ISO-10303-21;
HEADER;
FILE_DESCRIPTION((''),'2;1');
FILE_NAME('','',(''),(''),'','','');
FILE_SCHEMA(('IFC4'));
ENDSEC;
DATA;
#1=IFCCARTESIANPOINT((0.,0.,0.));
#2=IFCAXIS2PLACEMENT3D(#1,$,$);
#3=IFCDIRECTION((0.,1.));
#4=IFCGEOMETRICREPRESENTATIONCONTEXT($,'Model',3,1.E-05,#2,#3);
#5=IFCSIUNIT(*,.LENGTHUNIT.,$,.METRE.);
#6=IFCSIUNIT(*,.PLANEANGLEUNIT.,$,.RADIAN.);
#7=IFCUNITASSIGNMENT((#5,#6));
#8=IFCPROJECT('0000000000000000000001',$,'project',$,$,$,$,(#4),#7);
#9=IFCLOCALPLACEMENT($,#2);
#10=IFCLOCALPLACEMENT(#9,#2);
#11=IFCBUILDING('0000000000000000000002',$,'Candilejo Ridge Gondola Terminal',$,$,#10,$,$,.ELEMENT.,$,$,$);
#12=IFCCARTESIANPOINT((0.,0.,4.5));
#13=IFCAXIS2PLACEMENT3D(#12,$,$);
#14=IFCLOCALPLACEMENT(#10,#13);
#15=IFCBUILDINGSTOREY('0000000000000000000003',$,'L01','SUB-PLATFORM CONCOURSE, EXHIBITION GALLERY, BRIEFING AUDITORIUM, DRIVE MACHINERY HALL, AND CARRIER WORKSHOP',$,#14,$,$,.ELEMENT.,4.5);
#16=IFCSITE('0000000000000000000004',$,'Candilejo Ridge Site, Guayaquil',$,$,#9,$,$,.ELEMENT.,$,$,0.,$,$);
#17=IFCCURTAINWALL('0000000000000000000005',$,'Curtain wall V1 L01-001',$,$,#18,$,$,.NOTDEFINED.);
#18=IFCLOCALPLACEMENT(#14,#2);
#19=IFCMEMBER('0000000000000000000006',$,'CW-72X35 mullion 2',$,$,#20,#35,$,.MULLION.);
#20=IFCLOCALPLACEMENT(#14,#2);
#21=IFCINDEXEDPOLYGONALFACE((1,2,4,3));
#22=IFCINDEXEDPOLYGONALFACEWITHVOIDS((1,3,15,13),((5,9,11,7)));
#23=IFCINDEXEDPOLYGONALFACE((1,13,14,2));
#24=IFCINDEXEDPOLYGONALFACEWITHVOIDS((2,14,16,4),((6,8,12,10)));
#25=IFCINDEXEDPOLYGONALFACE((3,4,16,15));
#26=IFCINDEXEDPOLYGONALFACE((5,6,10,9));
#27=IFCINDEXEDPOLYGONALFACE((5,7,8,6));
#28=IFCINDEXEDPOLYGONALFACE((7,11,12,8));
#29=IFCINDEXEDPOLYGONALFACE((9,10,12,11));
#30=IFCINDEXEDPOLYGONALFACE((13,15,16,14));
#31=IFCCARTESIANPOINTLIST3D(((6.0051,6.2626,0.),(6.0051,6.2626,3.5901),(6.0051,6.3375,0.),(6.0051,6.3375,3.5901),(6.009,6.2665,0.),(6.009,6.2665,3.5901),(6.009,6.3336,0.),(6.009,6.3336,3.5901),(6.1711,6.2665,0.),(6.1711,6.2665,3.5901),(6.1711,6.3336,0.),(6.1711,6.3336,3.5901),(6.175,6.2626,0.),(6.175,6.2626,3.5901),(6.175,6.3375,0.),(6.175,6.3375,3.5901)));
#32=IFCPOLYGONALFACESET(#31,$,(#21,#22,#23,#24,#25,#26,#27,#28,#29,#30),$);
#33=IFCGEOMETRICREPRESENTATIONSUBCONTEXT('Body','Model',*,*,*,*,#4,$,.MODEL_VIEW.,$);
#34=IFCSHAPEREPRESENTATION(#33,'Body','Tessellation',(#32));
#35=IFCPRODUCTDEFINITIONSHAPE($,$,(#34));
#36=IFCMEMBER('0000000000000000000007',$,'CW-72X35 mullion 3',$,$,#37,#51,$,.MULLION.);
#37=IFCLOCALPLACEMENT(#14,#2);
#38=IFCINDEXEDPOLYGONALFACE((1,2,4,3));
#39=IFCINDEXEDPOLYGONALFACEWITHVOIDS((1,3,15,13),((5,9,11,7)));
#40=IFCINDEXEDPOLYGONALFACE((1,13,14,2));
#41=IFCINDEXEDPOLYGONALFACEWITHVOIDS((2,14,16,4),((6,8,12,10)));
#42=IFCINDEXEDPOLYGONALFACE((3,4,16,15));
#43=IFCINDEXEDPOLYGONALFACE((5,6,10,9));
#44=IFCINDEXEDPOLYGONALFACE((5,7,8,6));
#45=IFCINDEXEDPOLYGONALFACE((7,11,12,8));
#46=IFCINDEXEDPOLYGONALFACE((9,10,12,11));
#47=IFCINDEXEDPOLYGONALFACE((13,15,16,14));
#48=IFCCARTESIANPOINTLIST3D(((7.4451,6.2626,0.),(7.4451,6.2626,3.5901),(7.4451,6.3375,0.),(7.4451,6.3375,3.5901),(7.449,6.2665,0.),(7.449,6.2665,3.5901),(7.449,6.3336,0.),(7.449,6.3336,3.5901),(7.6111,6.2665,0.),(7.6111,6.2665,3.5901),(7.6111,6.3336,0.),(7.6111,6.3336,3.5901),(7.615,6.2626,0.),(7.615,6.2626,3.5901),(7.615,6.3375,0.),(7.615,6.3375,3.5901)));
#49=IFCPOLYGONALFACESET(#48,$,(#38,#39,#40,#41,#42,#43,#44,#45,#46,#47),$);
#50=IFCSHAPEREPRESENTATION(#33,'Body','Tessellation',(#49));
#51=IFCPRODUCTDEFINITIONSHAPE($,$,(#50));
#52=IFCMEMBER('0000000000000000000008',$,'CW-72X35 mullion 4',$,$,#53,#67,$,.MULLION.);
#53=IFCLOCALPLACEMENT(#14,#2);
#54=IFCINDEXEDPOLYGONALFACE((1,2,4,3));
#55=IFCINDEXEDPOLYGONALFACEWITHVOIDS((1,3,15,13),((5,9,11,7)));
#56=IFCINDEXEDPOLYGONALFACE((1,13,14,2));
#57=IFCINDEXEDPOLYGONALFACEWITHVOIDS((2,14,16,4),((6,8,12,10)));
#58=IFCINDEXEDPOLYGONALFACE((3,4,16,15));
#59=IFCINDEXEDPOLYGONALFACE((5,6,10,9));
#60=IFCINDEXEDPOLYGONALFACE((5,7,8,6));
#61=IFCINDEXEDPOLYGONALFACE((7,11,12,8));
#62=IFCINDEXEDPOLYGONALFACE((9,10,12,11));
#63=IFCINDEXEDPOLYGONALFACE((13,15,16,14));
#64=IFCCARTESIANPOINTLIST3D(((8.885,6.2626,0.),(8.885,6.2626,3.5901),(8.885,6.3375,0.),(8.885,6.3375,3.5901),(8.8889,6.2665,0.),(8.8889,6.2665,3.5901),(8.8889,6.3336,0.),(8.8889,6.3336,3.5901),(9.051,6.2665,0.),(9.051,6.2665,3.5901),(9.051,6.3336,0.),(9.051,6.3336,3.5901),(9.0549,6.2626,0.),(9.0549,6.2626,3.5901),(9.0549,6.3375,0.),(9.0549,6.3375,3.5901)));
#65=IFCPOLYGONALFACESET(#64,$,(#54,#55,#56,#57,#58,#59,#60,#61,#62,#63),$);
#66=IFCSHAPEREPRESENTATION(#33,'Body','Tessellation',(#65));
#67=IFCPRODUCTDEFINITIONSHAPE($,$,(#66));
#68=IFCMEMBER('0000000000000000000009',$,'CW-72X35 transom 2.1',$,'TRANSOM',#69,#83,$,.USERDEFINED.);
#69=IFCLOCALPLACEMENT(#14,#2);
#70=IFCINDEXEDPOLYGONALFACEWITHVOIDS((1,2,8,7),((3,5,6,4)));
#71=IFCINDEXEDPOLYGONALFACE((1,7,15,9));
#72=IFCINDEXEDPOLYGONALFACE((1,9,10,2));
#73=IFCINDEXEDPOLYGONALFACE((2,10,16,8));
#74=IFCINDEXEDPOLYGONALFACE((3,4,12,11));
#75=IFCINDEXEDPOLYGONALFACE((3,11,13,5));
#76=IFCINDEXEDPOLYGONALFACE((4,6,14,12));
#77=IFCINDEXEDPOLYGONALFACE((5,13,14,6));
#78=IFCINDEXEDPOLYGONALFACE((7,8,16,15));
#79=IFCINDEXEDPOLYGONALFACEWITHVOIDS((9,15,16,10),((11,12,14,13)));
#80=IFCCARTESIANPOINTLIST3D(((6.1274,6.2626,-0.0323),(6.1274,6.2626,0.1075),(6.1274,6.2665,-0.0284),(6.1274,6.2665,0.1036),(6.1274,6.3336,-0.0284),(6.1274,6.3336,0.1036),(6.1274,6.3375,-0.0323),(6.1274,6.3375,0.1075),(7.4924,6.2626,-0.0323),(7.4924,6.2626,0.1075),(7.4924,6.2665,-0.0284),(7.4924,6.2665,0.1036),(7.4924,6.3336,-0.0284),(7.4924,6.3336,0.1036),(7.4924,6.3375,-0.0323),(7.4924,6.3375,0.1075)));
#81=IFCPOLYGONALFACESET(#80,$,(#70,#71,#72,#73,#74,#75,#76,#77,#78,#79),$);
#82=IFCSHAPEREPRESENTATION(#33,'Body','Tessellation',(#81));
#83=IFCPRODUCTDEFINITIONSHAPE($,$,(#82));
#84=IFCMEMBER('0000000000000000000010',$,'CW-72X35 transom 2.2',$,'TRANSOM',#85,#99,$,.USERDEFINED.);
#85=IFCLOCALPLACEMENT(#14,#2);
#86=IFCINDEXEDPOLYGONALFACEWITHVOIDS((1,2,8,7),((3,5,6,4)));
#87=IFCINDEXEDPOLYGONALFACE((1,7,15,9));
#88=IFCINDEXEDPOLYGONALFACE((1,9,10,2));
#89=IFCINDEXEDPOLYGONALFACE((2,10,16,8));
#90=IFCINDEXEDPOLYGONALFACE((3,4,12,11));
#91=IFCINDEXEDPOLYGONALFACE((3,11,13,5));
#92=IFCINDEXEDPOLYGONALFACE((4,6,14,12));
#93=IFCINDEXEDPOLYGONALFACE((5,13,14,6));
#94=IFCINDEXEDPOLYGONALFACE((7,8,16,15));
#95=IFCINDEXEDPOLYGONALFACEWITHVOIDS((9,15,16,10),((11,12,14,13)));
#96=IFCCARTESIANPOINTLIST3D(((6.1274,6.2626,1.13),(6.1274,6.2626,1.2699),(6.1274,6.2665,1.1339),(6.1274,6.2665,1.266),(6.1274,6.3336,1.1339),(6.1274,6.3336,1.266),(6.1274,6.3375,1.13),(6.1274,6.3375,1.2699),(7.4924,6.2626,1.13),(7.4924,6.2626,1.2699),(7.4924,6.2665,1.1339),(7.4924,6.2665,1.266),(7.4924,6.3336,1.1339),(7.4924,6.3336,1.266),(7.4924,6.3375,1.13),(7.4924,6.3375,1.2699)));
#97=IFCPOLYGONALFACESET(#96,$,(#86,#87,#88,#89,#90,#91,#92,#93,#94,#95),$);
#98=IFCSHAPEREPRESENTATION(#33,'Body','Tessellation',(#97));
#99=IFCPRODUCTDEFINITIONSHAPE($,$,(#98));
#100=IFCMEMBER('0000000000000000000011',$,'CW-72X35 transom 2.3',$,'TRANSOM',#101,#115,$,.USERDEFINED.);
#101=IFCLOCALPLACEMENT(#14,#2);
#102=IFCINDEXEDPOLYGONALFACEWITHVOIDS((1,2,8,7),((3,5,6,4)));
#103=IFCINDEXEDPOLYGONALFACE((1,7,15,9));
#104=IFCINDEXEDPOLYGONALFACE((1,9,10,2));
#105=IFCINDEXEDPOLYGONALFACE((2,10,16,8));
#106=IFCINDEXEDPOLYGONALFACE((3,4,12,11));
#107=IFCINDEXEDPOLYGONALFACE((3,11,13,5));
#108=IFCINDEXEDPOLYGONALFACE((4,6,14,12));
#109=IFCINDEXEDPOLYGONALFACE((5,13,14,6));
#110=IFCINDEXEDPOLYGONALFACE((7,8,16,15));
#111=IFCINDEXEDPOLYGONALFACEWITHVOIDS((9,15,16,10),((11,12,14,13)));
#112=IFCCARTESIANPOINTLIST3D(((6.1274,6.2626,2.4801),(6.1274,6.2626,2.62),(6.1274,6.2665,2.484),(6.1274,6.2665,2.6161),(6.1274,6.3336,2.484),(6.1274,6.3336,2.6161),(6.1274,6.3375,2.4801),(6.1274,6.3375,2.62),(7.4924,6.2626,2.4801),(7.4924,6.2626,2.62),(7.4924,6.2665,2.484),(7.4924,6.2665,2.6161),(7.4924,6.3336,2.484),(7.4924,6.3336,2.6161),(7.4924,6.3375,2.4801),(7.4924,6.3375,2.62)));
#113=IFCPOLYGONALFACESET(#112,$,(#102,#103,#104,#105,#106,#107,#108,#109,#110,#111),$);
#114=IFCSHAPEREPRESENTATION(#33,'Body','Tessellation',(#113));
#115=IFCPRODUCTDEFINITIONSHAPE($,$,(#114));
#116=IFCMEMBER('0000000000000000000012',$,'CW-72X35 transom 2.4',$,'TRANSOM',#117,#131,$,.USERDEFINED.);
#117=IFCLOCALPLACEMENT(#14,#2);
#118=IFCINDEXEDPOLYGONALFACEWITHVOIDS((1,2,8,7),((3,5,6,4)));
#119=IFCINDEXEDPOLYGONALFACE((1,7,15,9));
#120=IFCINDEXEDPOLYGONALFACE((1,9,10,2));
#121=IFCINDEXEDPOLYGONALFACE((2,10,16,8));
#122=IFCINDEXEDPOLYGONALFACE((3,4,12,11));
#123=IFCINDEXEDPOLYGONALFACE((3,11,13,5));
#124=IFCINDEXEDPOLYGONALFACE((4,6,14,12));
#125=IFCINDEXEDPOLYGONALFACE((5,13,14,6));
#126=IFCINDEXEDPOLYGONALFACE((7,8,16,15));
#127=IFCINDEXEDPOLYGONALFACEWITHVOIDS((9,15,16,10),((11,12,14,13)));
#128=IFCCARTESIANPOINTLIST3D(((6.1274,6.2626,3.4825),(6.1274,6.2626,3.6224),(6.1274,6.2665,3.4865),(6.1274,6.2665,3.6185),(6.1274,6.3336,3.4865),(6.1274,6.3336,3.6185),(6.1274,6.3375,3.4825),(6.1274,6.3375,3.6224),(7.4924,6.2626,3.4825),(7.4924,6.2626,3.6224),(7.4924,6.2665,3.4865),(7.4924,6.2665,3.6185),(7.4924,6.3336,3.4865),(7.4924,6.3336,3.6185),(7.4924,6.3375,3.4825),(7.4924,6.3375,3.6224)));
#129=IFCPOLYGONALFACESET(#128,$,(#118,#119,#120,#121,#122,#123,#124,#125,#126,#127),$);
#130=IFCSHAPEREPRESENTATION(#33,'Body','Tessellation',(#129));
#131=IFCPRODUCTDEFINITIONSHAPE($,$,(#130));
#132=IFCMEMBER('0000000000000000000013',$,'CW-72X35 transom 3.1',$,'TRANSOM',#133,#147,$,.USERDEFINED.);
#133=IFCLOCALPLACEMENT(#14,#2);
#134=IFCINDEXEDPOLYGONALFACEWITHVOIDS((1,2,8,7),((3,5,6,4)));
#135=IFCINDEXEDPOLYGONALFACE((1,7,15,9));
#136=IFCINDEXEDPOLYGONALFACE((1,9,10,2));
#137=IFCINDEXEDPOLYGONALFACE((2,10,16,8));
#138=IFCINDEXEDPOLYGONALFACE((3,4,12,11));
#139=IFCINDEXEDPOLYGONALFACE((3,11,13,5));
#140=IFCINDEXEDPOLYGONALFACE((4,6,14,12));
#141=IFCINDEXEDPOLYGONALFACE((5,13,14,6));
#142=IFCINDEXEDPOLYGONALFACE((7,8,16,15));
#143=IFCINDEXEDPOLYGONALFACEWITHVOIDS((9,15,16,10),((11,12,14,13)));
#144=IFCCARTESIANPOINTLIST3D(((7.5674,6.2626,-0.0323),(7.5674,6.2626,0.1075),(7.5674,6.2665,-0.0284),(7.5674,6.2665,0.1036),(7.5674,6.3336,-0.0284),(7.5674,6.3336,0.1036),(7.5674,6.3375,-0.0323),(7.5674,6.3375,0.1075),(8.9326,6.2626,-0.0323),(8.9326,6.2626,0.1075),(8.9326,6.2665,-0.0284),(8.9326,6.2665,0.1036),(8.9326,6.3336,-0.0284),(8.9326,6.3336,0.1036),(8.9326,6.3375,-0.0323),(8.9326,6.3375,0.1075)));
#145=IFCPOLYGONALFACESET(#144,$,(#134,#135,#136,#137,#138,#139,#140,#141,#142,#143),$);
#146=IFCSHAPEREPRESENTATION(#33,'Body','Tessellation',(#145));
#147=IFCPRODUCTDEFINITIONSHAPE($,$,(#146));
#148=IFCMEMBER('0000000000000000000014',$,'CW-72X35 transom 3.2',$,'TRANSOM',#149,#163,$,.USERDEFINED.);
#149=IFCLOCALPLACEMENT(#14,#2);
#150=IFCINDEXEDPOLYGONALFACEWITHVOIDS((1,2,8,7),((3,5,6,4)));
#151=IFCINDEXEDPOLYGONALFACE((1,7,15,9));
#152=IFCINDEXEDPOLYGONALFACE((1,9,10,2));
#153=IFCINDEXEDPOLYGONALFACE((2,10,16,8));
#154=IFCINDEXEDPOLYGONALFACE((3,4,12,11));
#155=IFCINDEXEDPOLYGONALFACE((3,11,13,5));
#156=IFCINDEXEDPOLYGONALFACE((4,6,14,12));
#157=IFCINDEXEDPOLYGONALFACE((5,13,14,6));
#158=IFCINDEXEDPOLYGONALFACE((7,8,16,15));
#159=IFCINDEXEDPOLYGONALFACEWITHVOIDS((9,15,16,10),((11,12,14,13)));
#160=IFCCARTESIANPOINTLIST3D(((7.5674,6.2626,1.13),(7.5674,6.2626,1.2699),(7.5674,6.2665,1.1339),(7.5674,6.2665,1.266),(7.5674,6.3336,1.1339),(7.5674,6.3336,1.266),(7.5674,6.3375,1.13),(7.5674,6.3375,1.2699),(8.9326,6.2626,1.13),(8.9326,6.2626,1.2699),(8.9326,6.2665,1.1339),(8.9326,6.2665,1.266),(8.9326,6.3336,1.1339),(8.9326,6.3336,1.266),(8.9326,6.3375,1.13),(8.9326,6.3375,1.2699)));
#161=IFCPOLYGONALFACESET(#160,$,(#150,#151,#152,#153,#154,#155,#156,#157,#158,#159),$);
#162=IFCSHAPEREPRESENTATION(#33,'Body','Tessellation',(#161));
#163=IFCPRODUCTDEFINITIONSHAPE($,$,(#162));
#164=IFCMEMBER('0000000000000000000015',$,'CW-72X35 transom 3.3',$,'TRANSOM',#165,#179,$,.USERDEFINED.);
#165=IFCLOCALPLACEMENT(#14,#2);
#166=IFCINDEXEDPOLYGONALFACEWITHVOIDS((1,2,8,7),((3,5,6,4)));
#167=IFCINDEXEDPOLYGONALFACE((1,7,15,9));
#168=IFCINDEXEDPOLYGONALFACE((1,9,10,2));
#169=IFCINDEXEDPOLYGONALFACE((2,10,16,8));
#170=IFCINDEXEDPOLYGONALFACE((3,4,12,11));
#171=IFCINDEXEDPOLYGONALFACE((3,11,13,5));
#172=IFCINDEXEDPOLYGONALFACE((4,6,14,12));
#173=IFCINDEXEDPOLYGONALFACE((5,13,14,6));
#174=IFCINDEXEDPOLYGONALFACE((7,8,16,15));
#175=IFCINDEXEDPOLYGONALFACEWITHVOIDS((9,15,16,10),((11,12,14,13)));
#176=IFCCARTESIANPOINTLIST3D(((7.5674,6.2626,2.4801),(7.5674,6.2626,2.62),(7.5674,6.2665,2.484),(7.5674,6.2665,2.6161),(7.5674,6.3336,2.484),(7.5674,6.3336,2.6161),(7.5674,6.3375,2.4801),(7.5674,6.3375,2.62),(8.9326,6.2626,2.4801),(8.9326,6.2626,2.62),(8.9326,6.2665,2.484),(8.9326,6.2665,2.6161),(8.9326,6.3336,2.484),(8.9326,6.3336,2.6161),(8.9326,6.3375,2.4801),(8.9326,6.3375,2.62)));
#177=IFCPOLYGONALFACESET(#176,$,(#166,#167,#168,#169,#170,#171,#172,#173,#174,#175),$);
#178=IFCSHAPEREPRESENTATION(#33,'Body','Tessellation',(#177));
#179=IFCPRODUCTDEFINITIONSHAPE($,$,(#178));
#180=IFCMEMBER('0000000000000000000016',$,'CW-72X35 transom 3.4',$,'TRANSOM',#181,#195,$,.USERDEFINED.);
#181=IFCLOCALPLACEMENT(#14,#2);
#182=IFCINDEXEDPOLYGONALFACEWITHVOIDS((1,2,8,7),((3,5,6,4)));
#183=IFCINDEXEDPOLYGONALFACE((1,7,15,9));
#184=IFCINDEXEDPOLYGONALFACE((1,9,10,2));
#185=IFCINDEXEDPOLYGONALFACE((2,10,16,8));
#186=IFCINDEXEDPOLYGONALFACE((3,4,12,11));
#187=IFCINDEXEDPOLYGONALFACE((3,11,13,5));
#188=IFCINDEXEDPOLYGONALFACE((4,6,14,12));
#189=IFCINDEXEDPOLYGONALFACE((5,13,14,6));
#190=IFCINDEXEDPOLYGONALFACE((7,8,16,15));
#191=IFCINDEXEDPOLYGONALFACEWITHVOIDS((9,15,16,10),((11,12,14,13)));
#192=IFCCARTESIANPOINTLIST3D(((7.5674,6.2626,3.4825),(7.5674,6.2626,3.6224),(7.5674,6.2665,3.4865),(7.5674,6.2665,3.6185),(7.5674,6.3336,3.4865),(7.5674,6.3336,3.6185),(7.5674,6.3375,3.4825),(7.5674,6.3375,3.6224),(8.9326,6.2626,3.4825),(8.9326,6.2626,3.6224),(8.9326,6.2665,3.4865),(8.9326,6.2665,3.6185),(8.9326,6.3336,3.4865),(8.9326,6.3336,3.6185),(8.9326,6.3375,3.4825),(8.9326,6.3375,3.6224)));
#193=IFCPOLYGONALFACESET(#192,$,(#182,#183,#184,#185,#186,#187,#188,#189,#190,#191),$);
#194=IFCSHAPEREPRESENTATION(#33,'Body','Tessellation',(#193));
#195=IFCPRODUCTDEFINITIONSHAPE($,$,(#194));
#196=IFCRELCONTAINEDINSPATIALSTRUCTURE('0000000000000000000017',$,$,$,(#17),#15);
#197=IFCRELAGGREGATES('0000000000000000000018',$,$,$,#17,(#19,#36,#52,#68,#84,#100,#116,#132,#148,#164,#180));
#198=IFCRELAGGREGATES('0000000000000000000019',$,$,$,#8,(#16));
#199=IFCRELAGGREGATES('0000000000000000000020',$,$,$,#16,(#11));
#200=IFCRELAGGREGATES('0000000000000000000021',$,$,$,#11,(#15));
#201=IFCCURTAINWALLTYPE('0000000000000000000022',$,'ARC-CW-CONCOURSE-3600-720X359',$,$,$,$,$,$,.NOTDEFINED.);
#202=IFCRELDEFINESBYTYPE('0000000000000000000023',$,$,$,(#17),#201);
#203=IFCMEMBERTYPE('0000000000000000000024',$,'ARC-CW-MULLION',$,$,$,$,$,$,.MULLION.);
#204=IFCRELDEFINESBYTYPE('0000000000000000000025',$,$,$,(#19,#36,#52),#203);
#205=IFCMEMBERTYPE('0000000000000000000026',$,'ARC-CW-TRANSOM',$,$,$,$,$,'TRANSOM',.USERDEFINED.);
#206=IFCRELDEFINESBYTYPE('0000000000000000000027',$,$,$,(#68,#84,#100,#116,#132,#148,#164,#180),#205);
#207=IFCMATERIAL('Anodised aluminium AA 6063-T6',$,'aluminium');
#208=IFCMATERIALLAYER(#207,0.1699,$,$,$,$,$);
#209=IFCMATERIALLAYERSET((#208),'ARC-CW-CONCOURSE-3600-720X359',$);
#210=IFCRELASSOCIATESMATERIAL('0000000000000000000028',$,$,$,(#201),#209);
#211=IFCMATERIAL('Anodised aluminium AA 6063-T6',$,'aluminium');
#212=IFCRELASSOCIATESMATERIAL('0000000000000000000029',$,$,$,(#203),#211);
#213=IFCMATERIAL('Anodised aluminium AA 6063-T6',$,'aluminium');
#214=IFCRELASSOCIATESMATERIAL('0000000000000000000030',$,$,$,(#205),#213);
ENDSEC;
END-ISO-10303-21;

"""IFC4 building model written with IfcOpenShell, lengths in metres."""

from ifc_helpers import new_model, si_unit, direction, frame, origin, origin_2d, place, context, subcontext, project, spatial, hollow_rectangle, extrude, material, layer, layer_set, material_profile, profile_set, type_object, element, aggregate, save


model = new_model("IFC4")

# Units and contexts
model_context = context("Model", 3, precision=1e-05, world=origin(), true_north=direction((0.0, 1.0)))
body_context = subcontext(model_context, "Body", "Model", "MODEL_VIEW")
ifc_project = project(units=[si_unit("LENGTHUNIT", "METRE"), si_unit("PLANEANGLEUNIT", "RADIAN")], contexts=[model_context])

# Site, building, storey
site_placement = place(None, origin())
site = spatial("IfcSite", under=ifc_project, at=site_placement, Name="Candilejo Ridge Site, Guayaquil", CompositionType="ELEMENT", RefElevation=0.0)
building_placement = place(site_placement, origin())
building = spatial("IfcBuilding", under=site, at=building_placement, Name="Candilejo Ridge Gondola Terminal", CompositionType="ELEMENT")
storey_placement = place(building_placement, frame((0.0, 0.0, 4.5)))
storey = spatial("IfcBuildingStorey", under=building, at=storey_placement, Name="L01", Description="SUB-PLATFORM CONCOURSE, EXHIBITION GALLERY, BRIEFING AUDITORIUM, DRIVE MACHINERY HALL, AND CARRIER WORKSHOP", CompositionType="ELEMENT", Elevation=4.5)

# Curtain wall, members
ifc_material_1 = material(Name="Anodised aluminium AA 6063-T6", Category="aluminium")
ifc_layer_1 = layer(ifc_material_1, 0.1699)
ifc_layer_set_1 = layer_set([ifc_layer_1], Name="ARC-CW-CONCOURSE-3600-720X359")
curtain_wall_type = type_object("IfcCurtainWallType", Name="ARC-CW-CONCOURSE-3600-720X359", PredefinedType="NOTDEFINED", material=ifc_layer_set_1)
curtain_wall_placement = place(storey_placement, origin())
curtain_wall = element("IfcCurtainWall", 1, at=curtain_wall_placement, inside=storey, type_object=curtain_wall_type, Name="Curtain wall V1 L01-001", PredefinedType="NOTDEFINED")
ifc_material_2 = material(Name="Anodised aluminium AA 6063-T6", Category="aluminium")
ifc_material_profile_1 = material_profile(ifc_material_2, hollow_rectangle(XDim=0.075, YDim=0.1699, WallThickness=0.0039, at=origin_2d()))
ifc_profile_set_1 = profile_set([ifc_material_profile_1], Name="Anodised aluminium AA 6063-T6")
member_type_1 = type_object("IfcMemberType", Name="ARC-CW-MULLION", PredefinedType="MULLION", material=ifc_profile_set_1)
member_1_placement = place(storey_placement, frame((6.0901, 6.3, 0.0), z_axis=(0.0, 0.0, 1.0), x_axis=(0.0, 1.0, 0.0)))
member_1 = element("IfcMember", 2, at=member_1_placement, type_object=member_type_1, Name="CW-72X35 mullion 2", PredefinedType="MULLION", context=body_context, shape_type="SweptSolid", body=[
    extrude(hollow_rectangle(XDim=0.075, YDim=0.1699, WallThickness=0.0039, at=origin_2d()), origin(), (0.0, 0.0, 1.0), 3.5901),
])
member_2_placement = place(storey_placement, frame((7.53, 6.3, 0.0), z_axis=(0.0, 0.0, 1.0), x_axis=(0.0, 1.0, 0.0)))
member_2 = element("IfcMember", 3, at=member_2_placement, type_object=member_type_1, Name="CW-72X35 mullion 3", PredefinedType="MULLION", context=body_context, shape_type="SweptSolid", body=[
    extrude(hollow_rectangle(XDim=0.075, YDim=0.1699, WallThickness=0.0039, at=origin_2d()), origin(), (0.0, 0.0, 1.0), 3.5901),
])
member_3_placement = place(storey_placement, frame((8.97, 6.3, 0.0), z_axis=(0.0, 0.0, 1.0), x_axis=(0.0, 1.0, 0.0)))
member_3 = element("IfcMember", 4, at=member_3_placement, type_object=member_type_1, Name="CW-72X35 mullion 4", PredefinedType="MULLION", context=body_context, shape_type="SweptSolid", body=[
    extrude(hollow_rectangle(XDim=0.075, YDim=0.1699, WallThickness=0.0039, at=origin_2d()), origin(), (0.0, 0.0, 1.0), 3.5901),
])
ifc_material_3 = material(Name="Anodised aluminium AA 6063-T6", Category="aluminium")
ifc_material_profile_2 = material_profile(ifc_material_3, hollow_rectangle(XDim=0.075, YDim=0.1399, WallThickness=0.0039, at=origin_2d()))
ifc_profile_set_2 = profile_set([ifc_material_profile_2], Name="Anodised aluminium AA 6063-T6")
member_type_2 = type_object("IfcMemberType", Name="ARC-CW-TRANSOM", ElementType="TRANSOM", PredefinedType="USERDEFINED", material=ifc_profile_set_2)
member_4_placement = place(storey_placement, frame((6.1274, 6.3, 0.0376), z_axis=(1.0, 0.0, 0.0), x_axis=(0.0, 1.0, 0.0)))
member_4 = element("IfcMember", 5, at=member_4_placement, type_object=member_type_2, Name="CW-72X35 transom 2.1", ObjectType="TRANSOM", PredefinedType="USERDEFINED", context=body_context, shape_type="SweptSolid", body=[
    extrude(hollow_rectangle(XDim=0.075, YDim=0.1399, WallThickness=0.0039, at=origin_2d()), origin(), (0.0, 0.0, 1.0), 1.365),
])
member_5_placement = place(storey_placement, frame((6.1274, 6.3, 1.2), z_axis=(1.0, 0.0, 0.0), x_axis=(0.0, 1.0, 0.0)))
member_5 = element("IfcMember", 6, at=member_5_placement, type_object=member_type_2, Name="CW-72X35 transom 2.2", ObjectType="TRANSOM", PredefinedType="USERDEFINED", context=body_context, shape_type="SweptSolid", body=[
    extrude(hollow_rectangle(XDim=0.075, YDim=0.1399, WallThickness=0.0039, at=origin_2d()), origin(), (0.0, 0.0, 1.0), 1.365),
])
member_6_placement = place(storey_placement, frame((6.1274, 6.3, 2.55), z_axis=(1.0, 0.0, 0.0), x_axis=(0.0, 1.0, 0.0)))
member_6 = element("IfcMember", 7, at=member_6_placement, type_object=member_type_2, Name="CW-72X35 transom 2.3", ObjectType="TRANSOM", PredefinedType="USERDEFINED", context=body_context, shape_type="SweptSolid", body=[
    extrude(hollow_rectangle(XDim=0.075, YDim=0.1399, WallThickness=0.0039, at=origin_2d()), origin(), (0.0, 0.0, 1.0), 1.365),
])
member_7_placement = place(storey_placement, frame((6.1274, 6.3, 3.5525), z_axis=(1.0, 0.0, 0.0), x_axis=(0.0, 1.0, 0.0)))
member_7 = element("IfcMember", 8, at=member_7_placement, type_object=member_type_2, Name="CW-72X35 transom 2.4", ObjectType="TRANSOM", PredefinedType="USERDEFINED", context=body_context, shape_type="SweptSolid", body=[
    extrude(hollow_rectangle(XDim=0.075, YDim=0.1399, WallThickness=0.0039, at=origin_2d()), origin(), (0.0, 0.0, 1.0), 1.365),
])
member_8_placement = place(storey_placement, frame((7.5674, 6.3, 0.0376), z_axis=(1.0, 0.0, 0.0), x_axis=(0.0, 1.0, 0.0)))
member_8 = element("IfcMember", 9, at=member_8_placement, type_object=member_type_2, Name="CW-72X35 transom 3.1", ObjectType="TRANSOM", PredefinedType="USERDEFINED", context=body_context, shape_type="SweptSolid", body=[
    extrude(hollow_rectangle(XDim=0.075, YDim=0.1399, WallThickness=0.0039, at=origin_2d()), origin(), (0.0, 0.0, 1.0), 1.3652),
])
member_9_placement = place(storey_placement, frame((7.5674, 6.3, 1.2), z_axis=(1.0, 0.0, 0.0), x_axis=(0.0, 1.0, 0.0)))
member_9 = element("IfcMember", 10, at=member_9_placement, type_object=member_type_2, Name="CW-72X35 transom 3.2", ObjectType="TRANSOM", PredefinedType="USERDEFINED", context=body_context, shape_type="SweptSolid", body=[
    extrude(hollow_rectangle(XDim=0.075, YDim=0.1399, WallThickness=0.0039, at=origin_2d()), origin(), (0.0, 0.0, 1.0), 1.3652),
])
member_10_placement = place(storey_placement, frame((7.5674, 6.3, 2.55), z_axis=(1.0, 0.0, 0.0), x_axis=(0.0, 1.0, 0.0)))
member_10 = element("IfcMember", 11, at=member_10_placement, type_object=member_type_2, Name="CW-72X35 transom 3.3", ObjectType="TRANSOM", PredefinedType="USERDEFINED", context=body_context, shape_type="SweptSolid", body=[
    extrude(hollow_rectangle(XDim=0.075, YDim=0.1399, WallThickness=0.0039, at=origin_2d()), origin(), (0.0, 0.0, 1.0), 1.3652),
])
member_11_placement = place(storey_placement, frame((7.5674, 6.3, 3.5525), z_axis=(1.0, 0.0, 0.0), x_axis=(0.0, 1.0, 0.0)))
member_11 = element("IfcMember", 12, at=member_11_placement, type_object=member_type_2, Name="CW-72X35 transom 3.4", ObjectType="TRANSOM", PredefinedType="USERDEFINED", context=body_context, shape_type="SweptSolid", body=[
    extrude(hollow_rectangle(XDim=0.075, YDim=0.1399, WallThickness=0.0039, at=origin_2d()), origin(), (0.0, 0.0, 1.0), 1.3652),
])
aggregate(curtain_wall, [member_1, member_2, member_3, member_4, member_5, member_6, member_7, member_8, member_9, member_10, member_11])

save(model, "model.ifc")
